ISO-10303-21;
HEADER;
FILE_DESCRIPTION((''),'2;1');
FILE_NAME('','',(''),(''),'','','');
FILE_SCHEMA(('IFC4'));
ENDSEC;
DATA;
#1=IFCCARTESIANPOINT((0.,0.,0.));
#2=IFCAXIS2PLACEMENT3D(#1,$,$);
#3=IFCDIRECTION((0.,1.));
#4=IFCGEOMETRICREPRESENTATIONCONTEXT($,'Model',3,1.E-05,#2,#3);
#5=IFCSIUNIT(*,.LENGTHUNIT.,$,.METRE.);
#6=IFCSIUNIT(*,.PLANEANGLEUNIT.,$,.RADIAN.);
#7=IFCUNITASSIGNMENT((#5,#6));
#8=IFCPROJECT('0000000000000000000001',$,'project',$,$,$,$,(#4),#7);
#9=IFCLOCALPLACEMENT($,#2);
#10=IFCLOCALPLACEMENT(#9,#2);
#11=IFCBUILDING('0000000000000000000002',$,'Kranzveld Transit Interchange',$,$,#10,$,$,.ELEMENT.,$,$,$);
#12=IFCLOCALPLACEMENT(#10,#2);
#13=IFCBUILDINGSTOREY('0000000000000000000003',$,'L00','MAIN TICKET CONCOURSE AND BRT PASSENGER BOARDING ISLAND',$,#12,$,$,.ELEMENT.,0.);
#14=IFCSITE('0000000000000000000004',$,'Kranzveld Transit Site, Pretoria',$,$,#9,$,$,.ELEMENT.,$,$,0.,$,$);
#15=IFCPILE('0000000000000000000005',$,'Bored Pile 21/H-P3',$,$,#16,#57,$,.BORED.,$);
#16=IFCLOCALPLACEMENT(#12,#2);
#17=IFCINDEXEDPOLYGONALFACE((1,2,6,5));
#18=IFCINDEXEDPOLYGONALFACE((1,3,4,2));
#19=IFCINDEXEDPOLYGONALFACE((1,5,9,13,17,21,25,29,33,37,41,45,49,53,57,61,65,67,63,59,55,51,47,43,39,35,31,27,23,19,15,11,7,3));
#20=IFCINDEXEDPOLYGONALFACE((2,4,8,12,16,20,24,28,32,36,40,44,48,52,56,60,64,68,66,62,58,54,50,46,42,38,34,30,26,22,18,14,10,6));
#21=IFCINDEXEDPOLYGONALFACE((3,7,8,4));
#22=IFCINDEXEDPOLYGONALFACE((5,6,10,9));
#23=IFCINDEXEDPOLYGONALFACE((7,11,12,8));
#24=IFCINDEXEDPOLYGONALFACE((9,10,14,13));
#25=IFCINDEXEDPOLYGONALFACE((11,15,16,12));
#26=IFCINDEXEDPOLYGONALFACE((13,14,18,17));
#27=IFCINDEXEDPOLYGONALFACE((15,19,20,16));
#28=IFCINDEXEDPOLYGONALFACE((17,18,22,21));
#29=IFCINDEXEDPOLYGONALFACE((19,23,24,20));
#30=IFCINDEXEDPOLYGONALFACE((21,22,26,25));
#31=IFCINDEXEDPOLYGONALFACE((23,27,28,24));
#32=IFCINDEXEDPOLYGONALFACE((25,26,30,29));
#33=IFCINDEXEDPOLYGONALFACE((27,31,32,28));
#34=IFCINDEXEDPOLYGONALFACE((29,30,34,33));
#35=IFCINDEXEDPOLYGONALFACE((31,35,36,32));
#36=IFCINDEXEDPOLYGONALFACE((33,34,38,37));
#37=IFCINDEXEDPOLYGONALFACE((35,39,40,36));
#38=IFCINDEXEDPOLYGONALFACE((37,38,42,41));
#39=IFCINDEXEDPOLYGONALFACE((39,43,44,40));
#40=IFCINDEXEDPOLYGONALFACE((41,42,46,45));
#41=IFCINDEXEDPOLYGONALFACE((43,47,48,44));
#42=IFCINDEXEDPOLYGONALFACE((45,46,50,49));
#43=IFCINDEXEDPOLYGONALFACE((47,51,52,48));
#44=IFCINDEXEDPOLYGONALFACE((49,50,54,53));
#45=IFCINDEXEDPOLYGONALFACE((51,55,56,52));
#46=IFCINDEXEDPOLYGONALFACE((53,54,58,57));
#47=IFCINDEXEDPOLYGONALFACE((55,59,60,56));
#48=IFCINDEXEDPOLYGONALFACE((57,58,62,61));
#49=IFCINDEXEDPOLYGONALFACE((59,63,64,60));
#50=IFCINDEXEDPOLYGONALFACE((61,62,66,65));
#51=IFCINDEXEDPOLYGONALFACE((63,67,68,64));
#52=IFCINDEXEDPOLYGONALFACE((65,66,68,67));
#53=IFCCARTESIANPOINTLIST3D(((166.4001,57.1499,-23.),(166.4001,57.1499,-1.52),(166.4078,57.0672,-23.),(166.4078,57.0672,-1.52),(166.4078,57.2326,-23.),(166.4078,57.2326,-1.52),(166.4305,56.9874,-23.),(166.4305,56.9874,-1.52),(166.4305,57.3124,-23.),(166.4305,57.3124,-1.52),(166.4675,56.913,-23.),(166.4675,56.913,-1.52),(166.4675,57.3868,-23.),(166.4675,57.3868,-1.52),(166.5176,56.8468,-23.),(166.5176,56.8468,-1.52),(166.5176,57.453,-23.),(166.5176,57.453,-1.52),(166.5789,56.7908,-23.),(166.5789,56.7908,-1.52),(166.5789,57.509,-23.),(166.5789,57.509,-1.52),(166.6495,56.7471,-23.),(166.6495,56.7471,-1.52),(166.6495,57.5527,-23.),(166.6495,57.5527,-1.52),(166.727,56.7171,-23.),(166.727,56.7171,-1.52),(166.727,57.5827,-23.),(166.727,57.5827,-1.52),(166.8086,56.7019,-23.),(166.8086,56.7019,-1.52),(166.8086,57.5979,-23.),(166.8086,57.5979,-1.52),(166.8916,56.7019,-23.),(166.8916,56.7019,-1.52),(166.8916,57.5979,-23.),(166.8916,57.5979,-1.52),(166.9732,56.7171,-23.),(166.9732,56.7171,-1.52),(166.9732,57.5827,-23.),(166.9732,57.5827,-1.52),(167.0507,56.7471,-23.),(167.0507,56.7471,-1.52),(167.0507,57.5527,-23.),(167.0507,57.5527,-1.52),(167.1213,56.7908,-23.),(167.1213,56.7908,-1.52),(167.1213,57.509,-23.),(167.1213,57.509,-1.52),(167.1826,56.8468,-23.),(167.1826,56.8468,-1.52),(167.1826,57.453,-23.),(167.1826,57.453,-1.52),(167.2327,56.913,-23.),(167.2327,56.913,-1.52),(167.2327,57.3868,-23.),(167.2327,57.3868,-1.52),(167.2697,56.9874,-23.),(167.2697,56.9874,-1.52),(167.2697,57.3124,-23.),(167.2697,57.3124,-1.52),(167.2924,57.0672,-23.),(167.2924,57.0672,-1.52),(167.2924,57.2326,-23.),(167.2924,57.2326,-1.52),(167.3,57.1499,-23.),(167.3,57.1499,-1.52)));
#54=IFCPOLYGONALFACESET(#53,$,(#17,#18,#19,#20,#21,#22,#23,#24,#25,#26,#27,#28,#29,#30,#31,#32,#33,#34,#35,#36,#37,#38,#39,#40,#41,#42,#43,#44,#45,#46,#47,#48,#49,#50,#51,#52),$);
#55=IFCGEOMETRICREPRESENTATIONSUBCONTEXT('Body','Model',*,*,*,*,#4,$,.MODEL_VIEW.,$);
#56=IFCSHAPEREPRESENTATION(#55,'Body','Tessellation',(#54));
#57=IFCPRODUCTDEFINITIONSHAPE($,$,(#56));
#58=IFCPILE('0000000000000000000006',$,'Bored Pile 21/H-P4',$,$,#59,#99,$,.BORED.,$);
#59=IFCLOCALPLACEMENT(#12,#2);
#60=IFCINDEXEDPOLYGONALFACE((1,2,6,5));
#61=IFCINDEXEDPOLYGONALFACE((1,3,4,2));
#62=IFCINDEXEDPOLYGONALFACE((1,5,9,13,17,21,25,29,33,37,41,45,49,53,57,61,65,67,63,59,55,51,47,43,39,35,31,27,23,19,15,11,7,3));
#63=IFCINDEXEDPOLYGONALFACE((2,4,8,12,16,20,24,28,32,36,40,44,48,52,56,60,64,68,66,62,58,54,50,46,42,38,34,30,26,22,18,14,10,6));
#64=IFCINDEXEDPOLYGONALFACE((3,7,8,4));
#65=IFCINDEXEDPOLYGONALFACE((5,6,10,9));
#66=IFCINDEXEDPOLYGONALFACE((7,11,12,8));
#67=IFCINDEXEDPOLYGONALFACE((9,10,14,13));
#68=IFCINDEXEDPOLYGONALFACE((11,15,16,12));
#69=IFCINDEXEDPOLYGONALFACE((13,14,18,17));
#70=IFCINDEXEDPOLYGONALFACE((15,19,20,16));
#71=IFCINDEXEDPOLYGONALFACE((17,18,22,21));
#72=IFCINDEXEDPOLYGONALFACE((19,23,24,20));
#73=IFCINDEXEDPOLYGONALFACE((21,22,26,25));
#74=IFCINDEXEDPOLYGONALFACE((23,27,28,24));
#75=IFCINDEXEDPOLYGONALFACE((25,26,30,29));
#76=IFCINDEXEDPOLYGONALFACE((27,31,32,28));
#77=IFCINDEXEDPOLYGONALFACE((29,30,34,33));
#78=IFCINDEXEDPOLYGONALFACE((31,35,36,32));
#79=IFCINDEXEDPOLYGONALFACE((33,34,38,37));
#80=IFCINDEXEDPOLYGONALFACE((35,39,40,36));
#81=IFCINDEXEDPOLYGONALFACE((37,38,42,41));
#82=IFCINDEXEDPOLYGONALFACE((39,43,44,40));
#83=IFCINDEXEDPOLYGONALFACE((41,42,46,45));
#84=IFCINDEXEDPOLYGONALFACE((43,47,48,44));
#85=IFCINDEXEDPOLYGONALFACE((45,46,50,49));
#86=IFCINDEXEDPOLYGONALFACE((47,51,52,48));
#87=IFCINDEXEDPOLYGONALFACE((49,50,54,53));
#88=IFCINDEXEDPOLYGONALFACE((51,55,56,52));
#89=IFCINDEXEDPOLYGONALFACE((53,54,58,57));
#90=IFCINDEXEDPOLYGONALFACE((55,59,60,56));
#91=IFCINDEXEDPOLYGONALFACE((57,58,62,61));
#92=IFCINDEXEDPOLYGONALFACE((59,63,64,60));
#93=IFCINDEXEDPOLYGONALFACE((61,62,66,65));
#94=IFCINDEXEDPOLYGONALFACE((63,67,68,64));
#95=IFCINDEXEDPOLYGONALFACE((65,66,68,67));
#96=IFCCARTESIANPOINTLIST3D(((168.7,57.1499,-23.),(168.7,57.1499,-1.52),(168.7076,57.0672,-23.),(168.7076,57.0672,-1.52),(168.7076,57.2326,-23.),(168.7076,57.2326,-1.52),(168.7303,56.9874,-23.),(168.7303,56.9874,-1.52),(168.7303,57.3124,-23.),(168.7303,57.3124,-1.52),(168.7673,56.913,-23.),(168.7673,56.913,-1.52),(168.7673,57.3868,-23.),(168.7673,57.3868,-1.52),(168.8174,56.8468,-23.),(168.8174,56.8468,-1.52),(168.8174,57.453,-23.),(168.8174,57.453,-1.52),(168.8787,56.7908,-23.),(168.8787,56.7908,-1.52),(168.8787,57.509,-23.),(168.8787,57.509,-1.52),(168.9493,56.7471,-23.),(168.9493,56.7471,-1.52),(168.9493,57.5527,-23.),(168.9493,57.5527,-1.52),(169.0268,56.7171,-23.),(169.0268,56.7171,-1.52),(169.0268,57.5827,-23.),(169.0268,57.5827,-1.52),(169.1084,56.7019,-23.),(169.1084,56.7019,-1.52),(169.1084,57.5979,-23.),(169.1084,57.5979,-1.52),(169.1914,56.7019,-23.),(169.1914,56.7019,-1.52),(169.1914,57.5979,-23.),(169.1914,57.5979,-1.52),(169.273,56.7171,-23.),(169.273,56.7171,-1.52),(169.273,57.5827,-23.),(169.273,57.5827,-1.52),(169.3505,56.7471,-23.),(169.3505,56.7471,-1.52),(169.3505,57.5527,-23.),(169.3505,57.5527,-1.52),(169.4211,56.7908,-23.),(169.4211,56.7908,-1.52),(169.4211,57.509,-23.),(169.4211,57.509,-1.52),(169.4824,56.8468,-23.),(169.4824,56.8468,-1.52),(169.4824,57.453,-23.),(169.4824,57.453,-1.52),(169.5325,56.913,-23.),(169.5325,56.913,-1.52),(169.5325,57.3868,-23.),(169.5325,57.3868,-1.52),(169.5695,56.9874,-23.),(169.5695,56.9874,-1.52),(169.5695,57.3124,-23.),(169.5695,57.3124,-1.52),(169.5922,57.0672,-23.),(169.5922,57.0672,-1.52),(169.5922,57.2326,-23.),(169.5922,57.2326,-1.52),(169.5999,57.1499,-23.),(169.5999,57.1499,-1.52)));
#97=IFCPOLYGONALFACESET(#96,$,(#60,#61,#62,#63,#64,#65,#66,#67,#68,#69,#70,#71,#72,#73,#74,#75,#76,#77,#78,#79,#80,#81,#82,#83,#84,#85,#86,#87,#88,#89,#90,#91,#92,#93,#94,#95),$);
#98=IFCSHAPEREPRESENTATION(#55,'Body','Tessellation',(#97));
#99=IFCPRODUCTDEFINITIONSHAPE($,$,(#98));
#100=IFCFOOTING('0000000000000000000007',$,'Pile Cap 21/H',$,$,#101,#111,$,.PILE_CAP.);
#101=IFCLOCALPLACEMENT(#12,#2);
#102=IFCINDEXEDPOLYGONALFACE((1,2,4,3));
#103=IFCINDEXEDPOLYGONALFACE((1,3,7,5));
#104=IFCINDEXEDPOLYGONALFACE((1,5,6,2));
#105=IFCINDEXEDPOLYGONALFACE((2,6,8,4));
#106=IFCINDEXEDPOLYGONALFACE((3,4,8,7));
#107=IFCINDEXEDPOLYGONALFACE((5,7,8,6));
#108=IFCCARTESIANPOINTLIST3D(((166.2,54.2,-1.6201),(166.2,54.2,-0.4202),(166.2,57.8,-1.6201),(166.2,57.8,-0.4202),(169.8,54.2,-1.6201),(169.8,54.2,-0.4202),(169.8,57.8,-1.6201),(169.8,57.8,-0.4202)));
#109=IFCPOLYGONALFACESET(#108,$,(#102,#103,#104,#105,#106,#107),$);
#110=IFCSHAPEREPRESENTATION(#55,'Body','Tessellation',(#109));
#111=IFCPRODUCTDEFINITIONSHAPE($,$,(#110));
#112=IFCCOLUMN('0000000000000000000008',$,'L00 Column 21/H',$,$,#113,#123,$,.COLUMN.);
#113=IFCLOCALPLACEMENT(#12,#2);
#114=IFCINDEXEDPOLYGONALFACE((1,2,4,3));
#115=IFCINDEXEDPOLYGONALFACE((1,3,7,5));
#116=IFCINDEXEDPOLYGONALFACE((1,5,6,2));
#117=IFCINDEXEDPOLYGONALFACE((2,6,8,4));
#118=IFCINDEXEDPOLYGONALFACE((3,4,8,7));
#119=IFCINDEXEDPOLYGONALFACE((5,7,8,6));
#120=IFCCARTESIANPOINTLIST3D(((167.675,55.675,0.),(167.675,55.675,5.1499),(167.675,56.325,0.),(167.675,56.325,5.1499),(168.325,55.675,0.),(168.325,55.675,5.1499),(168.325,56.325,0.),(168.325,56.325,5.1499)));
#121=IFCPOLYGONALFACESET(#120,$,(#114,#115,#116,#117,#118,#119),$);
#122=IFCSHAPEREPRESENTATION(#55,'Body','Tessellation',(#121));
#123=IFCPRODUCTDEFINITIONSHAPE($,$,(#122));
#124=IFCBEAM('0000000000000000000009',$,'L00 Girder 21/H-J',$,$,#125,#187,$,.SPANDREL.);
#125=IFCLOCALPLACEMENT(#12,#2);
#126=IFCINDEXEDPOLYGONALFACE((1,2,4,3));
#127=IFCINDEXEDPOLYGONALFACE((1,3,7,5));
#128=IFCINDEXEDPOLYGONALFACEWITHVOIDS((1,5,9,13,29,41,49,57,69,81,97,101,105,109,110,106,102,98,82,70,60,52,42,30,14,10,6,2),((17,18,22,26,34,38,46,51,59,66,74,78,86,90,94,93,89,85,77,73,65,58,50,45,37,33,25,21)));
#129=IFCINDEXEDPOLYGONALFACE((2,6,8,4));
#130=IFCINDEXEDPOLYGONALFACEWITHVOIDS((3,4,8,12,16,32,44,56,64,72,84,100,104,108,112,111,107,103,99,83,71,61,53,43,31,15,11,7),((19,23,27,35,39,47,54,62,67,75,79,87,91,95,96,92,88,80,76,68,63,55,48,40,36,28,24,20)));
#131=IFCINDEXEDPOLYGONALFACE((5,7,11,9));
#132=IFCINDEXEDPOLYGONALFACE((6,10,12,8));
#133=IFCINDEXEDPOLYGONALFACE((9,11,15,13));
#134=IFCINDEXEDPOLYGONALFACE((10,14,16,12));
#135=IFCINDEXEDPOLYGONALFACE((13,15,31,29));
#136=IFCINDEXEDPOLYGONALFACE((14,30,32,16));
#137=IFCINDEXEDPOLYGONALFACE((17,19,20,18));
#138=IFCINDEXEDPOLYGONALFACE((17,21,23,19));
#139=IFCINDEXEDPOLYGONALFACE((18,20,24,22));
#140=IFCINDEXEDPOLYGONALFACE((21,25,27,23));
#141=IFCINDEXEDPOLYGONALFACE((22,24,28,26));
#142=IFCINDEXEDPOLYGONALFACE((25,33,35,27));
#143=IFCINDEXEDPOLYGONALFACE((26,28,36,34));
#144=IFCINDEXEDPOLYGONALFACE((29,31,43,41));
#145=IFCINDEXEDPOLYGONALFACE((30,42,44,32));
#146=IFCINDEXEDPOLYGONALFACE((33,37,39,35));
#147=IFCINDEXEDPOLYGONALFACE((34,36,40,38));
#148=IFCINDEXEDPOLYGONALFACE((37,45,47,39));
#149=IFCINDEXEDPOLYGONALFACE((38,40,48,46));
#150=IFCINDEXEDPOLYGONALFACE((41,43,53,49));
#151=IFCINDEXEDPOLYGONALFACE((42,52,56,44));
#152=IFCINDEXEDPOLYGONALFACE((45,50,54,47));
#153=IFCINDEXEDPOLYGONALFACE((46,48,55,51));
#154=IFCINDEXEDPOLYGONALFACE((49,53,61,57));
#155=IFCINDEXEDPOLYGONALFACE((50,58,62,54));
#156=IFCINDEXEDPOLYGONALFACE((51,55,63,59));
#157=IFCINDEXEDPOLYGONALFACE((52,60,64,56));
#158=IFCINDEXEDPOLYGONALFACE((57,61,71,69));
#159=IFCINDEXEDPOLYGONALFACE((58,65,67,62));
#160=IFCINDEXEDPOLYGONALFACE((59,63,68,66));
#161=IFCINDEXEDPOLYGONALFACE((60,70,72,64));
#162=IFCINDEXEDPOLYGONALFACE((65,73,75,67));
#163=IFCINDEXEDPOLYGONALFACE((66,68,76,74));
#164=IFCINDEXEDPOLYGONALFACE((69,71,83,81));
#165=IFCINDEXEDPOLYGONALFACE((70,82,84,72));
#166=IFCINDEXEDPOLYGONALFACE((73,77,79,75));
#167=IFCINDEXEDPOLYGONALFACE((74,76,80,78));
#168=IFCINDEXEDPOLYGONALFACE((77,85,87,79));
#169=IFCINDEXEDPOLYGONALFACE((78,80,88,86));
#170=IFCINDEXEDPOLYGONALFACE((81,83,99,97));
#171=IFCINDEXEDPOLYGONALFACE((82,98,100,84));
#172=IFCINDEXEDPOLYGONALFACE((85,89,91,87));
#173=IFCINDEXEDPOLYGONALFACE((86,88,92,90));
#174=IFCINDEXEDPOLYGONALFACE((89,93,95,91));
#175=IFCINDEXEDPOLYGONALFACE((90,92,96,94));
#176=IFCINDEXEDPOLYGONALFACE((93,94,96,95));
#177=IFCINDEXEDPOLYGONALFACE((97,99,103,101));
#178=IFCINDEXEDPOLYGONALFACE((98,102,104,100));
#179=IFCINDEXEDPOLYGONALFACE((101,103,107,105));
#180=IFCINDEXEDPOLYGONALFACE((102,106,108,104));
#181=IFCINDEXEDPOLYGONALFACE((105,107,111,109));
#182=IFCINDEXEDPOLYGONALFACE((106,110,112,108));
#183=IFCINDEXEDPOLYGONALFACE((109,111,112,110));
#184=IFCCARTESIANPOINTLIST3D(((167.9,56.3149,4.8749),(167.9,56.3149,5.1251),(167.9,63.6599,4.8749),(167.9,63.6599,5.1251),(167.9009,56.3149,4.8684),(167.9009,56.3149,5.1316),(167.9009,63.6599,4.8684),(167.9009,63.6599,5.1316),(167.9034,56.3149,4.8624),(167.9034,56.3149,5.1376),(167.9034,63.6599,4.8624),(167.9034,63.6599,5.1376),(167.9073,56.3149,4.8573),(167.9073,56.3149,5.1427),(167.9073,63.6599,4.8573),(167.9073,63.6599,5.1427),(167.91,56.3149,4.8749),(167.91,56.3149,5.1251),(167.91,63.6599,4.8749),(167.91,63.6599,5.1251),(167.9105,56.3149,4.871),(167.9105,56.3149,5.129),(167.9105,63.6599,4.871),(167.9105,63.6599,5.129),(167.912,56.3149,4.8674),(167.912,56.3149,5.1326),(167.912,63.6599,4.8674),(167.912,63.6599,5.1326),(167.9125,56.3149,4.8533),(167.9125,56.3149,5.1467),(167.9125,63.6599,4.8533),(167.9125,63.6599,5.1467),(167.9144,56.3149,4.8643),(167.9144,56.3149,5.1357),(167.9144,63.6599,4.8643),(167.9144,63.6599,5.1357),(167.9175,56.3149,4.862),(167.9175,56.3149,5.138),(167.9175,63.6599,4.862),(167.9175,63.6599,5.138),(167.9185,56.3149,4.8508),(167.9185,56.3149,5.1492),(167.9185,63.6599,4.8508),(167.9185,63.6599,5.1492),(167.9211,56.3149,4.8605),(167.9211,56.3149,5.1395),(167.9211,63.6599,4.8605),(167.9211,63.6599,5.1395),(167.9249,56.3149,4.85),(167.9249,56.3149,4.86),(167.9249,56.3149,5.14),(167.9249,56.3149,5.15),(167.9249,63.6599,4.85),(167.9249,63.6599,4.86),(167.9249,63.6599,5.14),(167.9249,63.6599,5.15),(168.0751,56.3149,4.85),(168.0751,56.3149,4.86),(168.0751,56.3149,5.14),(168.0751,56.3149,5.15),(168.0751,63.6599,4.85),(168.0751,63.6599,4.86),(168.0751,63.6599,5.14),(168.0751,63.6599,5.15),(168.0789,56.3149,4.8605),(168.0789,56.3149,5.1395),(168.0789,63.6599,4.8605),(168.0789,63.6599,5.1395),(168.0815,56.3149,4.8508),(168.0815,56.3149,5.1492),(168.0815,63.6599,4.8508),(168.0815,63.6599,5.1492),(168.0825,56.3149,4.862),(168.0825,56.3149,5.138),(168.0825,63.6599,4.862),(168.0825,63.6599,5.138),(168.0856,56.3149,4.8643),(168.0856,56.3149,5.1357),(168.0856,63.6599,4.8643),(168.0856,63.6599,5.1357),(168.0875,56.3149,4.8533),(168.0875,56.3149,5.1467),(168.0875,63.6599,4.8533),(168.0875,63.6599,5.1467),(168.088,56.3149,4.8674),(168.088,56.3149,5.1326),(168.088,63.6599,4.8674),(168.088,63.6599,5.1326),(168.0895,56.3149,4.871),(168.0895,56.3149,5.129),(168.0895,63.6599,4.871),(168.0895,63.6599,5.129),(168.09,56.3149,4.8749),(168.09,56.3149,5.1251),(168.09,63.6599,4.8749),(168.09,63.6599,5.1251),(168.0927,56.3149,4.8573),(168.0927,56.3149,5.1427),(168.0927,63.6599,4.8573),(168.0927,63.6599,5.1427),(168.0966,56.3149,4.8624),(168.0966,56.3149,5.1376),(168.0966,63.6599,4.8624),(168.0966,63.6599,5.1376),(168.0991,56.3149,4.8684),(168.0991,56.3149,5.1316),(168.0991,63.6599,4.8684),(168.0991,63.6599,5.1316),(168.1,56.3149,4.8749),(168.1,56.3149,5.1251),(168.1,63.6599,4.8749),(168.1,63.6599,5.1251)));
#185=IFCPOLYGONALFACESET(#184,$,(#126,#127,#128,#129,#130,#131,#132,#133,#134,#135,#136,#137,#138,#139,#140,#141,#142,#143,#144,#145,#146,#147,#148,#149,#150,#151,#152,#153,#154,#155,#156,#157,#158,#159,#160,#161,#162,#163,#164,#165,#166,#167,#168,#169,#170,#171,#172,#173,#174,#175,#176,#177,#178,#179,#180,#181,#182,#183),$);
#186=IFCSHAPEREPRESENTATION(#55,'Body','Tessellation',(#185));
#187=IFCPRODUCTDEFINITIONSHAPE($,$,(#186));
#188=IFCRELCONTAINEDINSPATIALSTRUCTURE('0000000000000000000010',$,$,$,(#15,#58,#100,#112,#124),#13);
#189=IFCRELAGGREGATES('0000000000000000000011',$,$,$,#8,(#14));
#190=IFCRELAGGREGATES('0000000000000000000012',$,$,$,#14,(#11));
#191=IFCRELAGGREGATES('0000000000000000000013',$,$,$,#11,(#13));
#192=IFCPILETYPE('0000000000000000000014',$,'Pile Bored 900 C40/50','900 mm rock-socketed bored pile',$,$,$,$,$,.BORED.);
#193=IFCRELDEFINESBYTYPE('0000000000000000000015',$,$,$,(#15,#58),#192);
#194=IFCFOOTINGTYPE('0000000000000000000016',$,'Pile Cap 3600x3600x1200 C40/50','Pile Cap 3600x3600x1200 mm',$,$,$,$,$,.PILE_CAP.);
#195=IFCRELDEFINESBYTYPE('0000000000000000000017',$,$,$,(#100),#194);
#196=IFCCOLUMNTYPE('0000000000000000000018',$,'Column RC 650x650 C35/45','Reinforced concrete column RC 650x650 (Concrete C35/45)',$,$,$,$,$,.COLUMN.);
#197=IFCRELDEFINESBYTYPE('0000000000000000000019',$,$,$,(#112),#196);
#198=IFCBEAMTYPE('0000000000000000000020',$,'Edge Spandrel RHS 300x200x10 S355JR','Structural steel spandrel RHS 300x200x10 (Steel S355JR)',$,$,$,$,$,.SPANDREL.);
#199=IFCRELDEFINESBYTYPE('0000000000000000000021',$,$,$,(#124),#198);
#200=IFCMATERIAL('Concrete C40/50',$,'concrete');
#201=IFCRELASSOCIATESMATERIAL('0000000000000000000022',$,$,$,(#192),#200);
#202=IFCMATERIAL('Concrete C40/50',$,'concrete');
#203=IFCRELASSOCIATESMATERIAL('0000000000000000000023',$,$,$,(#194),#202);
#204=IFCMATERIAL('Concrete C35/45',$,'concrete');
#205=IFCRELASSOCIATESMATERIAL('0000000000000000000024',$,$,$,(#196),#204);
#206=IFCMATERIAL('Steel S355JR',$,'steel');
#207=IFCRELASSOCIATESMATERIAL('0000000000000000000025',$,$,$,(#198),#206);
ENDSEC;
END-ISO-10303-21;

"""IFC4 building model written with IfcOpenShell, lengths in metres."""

from ifc_helpers import new_model, si_unit, direction, frame, origin, origin_2d, place, context, subcontext, project, spatial, rectangle, hollow_rectangle, circle, extrude, material, material_profile, profile_set, type_object, element, save


model = new_model("IFC4")

# Units and contexts
model_context = context("Model", 3, precision=1e-05, world=origin(), true_north=direction((0.0, 1.0)))
body_context = subcontext(model_context, "Body", "Model", "MODEL_VIEW")
ifc_project = project(units=[si_unit("LENGTHUNIT", "METRE"), si_unit("PLANEANGLEUNIT", "RADIAN")], contexts=[model_context])

# Site, building, storey
site_placement = place(None, origin())
site = spatial("IfcSite", under=ifc_project, at=site_placement, Name="Kranzveld Transit Site, Pretoria", CompositionType="ELEMENT", RefElevation=0.0)
building_placement = place(site_placement, origin())
building = spatial("IfcBuilding", under=site, at=building_placement, Name="Kranzveld Transit Interchange", CompositionType="ELEMENT")
storey_placement = place(building_placement, origin())
storey = spatial("IfcBuildingStorey", under=building, at=storey_placement, Name="L00", Description="MAIN TICKET CONCOURSE AND BRT PASSENGER BOARDING ISLAND", CompositionType="ELEMENT", Elevation=0.0)

# Piles
ifc_material_1 = material(Name="Concrete C40/50", Category="concrete")
ifc_material_profile_1 = material_profile(ifc_material_1, circle(Radius=0.45, at=origin_2d()), Name="BORED PILE 900")
ifc_profile_set_1 = profile_set([ifc_material_profile_1], Name="Concrete C40/50")
pile_type = type_object("IfcPileType", Name="Pile Bored 900 C40/50", Description="900 mm rock-socketed bored pile", PredefinedType="BORED", material=ifc_profile_set_1)
for number, where, z_axis, x_axis, name in (
    (1, (166.8501, 57.1499, -1.52), (0.0, 0.0, -1.0), (1.0, 0.0, 0.0), "Bored Pile 21/H-P3"),
    (2, (169.1499, 57.1499, -1.52), (0.0, 0.0, -1.0), (1.0, 0.0, 0.0), "Bored Pile 21/H-P4"),
):
    element("IfcPile", number, at=place(storey_placement, frame(where, z_axis=z_axis, x_axis=x_axis)), inside=storey, type_object=pile_type, Name=name, PredefinedType="BORED", context=body_context, shape_type="SweptSolid", body=[
        extrude(circle(Radius=0.45, at=origin_2d()), origin(), (0.0, 0.0, 1.0), 21.48),
    ])

# Footing
ifc_material_2 = material(Name="Concrete C40/50", Category="concrete")
footing_type_1 = type_object("IfcFootingType", Name="Pile Cap 3600x3600x1200 C40/50", Description="Pile Cap 3600x3600x1200 mm", PredefinedType="PILE_CAP", material=ifc_material_2)
footing_1_placement = place(storey_placement, frame((168.0, 56.0, -1.6201), z_axis=(0.0, 0.0, 1.0), x_axis=(1.0, 0.0, 0.0)))
element("IfcFooting", 3, at=footing_1_placement, inside=storey, type_object=footing_type_1, Name="Pile Cap 21/H", PredefinedType="PILE_CAP", context=body_context, shape_type="SweptSolid", body=[
    extrude(rectangle(XDim=3.6001, YDim=3.6001, at=origin_2d()), origin(), (0.0, 0.0, 1.0), 1.2),
])

# Column
ifc_material_3 = material(Name="Concrete C35/45", Category="concrete")
ifc_material_profile_2 = material_profile(ifc_material_3, rectangle(XDim=0.6499, YDim=0.6499, at=origin_2d()), Name="RC 650x650")
ifc_profile_set_2 = profile_set([ifc_material_profile_2], Name="Concrete C35/45")
column_type = type_object("IfcColumnType", Name="Column RC 650x650 C35/45", Description="Reinforced concrete column RC 650x650 (Concrete C35/45)", PredefinedType="COLUMN", material=ifc_profile_set_2)
column_placement = place(storey_placement, frame((168.0, 56.0, 0.0), z_axis=(0.0, 0.0, 1.0), x_axis=(1.0, 0.0, 0.0)))
element("IfcColumn", 4, at=column_placement, inside=storey, type_object=column_type, Name="L00 Column 21/H", PredefinedType="COLUMN", context=body_context, shape_type="SweptSolid", body=[
    extrude(rectangle(XDim=0.6499, YDim=0.6499, at=origin_2d()), origin(), (0.0, 0.0, 1.0), 5.1499),
])

# Beam
ifc_material_4 = material(Name="Steel S355JR", Category="steel")
ifc_material_profile_3 = material_profile(ifc_material_4, hollow_rectangle(XDim=0.2, YDim=0.3, WallThickness=0.01, InnerFilletRadius=0.0149, OuterFilletRadius=0.0249, at=origin_2d()), Name="RHS 300x200x10")
ifc_profile_set_3 = profile_set([ifc_material_profile_3], Name="Steel S355JR")
beam_type_1 = type_object("IfcBeamType", Name="Edge Spandrel RHS 300x200x10 S355JR", Description="Structural steel spandrel RHS 300x200x10 (Steel S355JR)", PredefinedType="SPANDREL", material=ifc_profile_set_3)
beam_1_placement = place(storey_placement, frame((168.0, 56.3149, 5.0), z_axis=(0.0, 1.0, 0.0), x_axis=(-1.0, 0.0, 0.0)))
element("IfcBeam", 5, at=beam_1_placement, inside=storey, type_object=beam_type_1, Name="L00 Girder 21/H-J", PredefinedType="SPANDREL", context=body_context, shape_type="SweptSolid", body=[
    extrude(hollow_rectangle(XDim=0.2, YDim=0.3, WallThickness=0.01, InnerFilletRadius=0.0149, OuterFilletRadius=0.0249, at=origin_2d()), origin(), (0.0, 0.0, 1.0), 7.345),
])

save(model, "model.ifc")
